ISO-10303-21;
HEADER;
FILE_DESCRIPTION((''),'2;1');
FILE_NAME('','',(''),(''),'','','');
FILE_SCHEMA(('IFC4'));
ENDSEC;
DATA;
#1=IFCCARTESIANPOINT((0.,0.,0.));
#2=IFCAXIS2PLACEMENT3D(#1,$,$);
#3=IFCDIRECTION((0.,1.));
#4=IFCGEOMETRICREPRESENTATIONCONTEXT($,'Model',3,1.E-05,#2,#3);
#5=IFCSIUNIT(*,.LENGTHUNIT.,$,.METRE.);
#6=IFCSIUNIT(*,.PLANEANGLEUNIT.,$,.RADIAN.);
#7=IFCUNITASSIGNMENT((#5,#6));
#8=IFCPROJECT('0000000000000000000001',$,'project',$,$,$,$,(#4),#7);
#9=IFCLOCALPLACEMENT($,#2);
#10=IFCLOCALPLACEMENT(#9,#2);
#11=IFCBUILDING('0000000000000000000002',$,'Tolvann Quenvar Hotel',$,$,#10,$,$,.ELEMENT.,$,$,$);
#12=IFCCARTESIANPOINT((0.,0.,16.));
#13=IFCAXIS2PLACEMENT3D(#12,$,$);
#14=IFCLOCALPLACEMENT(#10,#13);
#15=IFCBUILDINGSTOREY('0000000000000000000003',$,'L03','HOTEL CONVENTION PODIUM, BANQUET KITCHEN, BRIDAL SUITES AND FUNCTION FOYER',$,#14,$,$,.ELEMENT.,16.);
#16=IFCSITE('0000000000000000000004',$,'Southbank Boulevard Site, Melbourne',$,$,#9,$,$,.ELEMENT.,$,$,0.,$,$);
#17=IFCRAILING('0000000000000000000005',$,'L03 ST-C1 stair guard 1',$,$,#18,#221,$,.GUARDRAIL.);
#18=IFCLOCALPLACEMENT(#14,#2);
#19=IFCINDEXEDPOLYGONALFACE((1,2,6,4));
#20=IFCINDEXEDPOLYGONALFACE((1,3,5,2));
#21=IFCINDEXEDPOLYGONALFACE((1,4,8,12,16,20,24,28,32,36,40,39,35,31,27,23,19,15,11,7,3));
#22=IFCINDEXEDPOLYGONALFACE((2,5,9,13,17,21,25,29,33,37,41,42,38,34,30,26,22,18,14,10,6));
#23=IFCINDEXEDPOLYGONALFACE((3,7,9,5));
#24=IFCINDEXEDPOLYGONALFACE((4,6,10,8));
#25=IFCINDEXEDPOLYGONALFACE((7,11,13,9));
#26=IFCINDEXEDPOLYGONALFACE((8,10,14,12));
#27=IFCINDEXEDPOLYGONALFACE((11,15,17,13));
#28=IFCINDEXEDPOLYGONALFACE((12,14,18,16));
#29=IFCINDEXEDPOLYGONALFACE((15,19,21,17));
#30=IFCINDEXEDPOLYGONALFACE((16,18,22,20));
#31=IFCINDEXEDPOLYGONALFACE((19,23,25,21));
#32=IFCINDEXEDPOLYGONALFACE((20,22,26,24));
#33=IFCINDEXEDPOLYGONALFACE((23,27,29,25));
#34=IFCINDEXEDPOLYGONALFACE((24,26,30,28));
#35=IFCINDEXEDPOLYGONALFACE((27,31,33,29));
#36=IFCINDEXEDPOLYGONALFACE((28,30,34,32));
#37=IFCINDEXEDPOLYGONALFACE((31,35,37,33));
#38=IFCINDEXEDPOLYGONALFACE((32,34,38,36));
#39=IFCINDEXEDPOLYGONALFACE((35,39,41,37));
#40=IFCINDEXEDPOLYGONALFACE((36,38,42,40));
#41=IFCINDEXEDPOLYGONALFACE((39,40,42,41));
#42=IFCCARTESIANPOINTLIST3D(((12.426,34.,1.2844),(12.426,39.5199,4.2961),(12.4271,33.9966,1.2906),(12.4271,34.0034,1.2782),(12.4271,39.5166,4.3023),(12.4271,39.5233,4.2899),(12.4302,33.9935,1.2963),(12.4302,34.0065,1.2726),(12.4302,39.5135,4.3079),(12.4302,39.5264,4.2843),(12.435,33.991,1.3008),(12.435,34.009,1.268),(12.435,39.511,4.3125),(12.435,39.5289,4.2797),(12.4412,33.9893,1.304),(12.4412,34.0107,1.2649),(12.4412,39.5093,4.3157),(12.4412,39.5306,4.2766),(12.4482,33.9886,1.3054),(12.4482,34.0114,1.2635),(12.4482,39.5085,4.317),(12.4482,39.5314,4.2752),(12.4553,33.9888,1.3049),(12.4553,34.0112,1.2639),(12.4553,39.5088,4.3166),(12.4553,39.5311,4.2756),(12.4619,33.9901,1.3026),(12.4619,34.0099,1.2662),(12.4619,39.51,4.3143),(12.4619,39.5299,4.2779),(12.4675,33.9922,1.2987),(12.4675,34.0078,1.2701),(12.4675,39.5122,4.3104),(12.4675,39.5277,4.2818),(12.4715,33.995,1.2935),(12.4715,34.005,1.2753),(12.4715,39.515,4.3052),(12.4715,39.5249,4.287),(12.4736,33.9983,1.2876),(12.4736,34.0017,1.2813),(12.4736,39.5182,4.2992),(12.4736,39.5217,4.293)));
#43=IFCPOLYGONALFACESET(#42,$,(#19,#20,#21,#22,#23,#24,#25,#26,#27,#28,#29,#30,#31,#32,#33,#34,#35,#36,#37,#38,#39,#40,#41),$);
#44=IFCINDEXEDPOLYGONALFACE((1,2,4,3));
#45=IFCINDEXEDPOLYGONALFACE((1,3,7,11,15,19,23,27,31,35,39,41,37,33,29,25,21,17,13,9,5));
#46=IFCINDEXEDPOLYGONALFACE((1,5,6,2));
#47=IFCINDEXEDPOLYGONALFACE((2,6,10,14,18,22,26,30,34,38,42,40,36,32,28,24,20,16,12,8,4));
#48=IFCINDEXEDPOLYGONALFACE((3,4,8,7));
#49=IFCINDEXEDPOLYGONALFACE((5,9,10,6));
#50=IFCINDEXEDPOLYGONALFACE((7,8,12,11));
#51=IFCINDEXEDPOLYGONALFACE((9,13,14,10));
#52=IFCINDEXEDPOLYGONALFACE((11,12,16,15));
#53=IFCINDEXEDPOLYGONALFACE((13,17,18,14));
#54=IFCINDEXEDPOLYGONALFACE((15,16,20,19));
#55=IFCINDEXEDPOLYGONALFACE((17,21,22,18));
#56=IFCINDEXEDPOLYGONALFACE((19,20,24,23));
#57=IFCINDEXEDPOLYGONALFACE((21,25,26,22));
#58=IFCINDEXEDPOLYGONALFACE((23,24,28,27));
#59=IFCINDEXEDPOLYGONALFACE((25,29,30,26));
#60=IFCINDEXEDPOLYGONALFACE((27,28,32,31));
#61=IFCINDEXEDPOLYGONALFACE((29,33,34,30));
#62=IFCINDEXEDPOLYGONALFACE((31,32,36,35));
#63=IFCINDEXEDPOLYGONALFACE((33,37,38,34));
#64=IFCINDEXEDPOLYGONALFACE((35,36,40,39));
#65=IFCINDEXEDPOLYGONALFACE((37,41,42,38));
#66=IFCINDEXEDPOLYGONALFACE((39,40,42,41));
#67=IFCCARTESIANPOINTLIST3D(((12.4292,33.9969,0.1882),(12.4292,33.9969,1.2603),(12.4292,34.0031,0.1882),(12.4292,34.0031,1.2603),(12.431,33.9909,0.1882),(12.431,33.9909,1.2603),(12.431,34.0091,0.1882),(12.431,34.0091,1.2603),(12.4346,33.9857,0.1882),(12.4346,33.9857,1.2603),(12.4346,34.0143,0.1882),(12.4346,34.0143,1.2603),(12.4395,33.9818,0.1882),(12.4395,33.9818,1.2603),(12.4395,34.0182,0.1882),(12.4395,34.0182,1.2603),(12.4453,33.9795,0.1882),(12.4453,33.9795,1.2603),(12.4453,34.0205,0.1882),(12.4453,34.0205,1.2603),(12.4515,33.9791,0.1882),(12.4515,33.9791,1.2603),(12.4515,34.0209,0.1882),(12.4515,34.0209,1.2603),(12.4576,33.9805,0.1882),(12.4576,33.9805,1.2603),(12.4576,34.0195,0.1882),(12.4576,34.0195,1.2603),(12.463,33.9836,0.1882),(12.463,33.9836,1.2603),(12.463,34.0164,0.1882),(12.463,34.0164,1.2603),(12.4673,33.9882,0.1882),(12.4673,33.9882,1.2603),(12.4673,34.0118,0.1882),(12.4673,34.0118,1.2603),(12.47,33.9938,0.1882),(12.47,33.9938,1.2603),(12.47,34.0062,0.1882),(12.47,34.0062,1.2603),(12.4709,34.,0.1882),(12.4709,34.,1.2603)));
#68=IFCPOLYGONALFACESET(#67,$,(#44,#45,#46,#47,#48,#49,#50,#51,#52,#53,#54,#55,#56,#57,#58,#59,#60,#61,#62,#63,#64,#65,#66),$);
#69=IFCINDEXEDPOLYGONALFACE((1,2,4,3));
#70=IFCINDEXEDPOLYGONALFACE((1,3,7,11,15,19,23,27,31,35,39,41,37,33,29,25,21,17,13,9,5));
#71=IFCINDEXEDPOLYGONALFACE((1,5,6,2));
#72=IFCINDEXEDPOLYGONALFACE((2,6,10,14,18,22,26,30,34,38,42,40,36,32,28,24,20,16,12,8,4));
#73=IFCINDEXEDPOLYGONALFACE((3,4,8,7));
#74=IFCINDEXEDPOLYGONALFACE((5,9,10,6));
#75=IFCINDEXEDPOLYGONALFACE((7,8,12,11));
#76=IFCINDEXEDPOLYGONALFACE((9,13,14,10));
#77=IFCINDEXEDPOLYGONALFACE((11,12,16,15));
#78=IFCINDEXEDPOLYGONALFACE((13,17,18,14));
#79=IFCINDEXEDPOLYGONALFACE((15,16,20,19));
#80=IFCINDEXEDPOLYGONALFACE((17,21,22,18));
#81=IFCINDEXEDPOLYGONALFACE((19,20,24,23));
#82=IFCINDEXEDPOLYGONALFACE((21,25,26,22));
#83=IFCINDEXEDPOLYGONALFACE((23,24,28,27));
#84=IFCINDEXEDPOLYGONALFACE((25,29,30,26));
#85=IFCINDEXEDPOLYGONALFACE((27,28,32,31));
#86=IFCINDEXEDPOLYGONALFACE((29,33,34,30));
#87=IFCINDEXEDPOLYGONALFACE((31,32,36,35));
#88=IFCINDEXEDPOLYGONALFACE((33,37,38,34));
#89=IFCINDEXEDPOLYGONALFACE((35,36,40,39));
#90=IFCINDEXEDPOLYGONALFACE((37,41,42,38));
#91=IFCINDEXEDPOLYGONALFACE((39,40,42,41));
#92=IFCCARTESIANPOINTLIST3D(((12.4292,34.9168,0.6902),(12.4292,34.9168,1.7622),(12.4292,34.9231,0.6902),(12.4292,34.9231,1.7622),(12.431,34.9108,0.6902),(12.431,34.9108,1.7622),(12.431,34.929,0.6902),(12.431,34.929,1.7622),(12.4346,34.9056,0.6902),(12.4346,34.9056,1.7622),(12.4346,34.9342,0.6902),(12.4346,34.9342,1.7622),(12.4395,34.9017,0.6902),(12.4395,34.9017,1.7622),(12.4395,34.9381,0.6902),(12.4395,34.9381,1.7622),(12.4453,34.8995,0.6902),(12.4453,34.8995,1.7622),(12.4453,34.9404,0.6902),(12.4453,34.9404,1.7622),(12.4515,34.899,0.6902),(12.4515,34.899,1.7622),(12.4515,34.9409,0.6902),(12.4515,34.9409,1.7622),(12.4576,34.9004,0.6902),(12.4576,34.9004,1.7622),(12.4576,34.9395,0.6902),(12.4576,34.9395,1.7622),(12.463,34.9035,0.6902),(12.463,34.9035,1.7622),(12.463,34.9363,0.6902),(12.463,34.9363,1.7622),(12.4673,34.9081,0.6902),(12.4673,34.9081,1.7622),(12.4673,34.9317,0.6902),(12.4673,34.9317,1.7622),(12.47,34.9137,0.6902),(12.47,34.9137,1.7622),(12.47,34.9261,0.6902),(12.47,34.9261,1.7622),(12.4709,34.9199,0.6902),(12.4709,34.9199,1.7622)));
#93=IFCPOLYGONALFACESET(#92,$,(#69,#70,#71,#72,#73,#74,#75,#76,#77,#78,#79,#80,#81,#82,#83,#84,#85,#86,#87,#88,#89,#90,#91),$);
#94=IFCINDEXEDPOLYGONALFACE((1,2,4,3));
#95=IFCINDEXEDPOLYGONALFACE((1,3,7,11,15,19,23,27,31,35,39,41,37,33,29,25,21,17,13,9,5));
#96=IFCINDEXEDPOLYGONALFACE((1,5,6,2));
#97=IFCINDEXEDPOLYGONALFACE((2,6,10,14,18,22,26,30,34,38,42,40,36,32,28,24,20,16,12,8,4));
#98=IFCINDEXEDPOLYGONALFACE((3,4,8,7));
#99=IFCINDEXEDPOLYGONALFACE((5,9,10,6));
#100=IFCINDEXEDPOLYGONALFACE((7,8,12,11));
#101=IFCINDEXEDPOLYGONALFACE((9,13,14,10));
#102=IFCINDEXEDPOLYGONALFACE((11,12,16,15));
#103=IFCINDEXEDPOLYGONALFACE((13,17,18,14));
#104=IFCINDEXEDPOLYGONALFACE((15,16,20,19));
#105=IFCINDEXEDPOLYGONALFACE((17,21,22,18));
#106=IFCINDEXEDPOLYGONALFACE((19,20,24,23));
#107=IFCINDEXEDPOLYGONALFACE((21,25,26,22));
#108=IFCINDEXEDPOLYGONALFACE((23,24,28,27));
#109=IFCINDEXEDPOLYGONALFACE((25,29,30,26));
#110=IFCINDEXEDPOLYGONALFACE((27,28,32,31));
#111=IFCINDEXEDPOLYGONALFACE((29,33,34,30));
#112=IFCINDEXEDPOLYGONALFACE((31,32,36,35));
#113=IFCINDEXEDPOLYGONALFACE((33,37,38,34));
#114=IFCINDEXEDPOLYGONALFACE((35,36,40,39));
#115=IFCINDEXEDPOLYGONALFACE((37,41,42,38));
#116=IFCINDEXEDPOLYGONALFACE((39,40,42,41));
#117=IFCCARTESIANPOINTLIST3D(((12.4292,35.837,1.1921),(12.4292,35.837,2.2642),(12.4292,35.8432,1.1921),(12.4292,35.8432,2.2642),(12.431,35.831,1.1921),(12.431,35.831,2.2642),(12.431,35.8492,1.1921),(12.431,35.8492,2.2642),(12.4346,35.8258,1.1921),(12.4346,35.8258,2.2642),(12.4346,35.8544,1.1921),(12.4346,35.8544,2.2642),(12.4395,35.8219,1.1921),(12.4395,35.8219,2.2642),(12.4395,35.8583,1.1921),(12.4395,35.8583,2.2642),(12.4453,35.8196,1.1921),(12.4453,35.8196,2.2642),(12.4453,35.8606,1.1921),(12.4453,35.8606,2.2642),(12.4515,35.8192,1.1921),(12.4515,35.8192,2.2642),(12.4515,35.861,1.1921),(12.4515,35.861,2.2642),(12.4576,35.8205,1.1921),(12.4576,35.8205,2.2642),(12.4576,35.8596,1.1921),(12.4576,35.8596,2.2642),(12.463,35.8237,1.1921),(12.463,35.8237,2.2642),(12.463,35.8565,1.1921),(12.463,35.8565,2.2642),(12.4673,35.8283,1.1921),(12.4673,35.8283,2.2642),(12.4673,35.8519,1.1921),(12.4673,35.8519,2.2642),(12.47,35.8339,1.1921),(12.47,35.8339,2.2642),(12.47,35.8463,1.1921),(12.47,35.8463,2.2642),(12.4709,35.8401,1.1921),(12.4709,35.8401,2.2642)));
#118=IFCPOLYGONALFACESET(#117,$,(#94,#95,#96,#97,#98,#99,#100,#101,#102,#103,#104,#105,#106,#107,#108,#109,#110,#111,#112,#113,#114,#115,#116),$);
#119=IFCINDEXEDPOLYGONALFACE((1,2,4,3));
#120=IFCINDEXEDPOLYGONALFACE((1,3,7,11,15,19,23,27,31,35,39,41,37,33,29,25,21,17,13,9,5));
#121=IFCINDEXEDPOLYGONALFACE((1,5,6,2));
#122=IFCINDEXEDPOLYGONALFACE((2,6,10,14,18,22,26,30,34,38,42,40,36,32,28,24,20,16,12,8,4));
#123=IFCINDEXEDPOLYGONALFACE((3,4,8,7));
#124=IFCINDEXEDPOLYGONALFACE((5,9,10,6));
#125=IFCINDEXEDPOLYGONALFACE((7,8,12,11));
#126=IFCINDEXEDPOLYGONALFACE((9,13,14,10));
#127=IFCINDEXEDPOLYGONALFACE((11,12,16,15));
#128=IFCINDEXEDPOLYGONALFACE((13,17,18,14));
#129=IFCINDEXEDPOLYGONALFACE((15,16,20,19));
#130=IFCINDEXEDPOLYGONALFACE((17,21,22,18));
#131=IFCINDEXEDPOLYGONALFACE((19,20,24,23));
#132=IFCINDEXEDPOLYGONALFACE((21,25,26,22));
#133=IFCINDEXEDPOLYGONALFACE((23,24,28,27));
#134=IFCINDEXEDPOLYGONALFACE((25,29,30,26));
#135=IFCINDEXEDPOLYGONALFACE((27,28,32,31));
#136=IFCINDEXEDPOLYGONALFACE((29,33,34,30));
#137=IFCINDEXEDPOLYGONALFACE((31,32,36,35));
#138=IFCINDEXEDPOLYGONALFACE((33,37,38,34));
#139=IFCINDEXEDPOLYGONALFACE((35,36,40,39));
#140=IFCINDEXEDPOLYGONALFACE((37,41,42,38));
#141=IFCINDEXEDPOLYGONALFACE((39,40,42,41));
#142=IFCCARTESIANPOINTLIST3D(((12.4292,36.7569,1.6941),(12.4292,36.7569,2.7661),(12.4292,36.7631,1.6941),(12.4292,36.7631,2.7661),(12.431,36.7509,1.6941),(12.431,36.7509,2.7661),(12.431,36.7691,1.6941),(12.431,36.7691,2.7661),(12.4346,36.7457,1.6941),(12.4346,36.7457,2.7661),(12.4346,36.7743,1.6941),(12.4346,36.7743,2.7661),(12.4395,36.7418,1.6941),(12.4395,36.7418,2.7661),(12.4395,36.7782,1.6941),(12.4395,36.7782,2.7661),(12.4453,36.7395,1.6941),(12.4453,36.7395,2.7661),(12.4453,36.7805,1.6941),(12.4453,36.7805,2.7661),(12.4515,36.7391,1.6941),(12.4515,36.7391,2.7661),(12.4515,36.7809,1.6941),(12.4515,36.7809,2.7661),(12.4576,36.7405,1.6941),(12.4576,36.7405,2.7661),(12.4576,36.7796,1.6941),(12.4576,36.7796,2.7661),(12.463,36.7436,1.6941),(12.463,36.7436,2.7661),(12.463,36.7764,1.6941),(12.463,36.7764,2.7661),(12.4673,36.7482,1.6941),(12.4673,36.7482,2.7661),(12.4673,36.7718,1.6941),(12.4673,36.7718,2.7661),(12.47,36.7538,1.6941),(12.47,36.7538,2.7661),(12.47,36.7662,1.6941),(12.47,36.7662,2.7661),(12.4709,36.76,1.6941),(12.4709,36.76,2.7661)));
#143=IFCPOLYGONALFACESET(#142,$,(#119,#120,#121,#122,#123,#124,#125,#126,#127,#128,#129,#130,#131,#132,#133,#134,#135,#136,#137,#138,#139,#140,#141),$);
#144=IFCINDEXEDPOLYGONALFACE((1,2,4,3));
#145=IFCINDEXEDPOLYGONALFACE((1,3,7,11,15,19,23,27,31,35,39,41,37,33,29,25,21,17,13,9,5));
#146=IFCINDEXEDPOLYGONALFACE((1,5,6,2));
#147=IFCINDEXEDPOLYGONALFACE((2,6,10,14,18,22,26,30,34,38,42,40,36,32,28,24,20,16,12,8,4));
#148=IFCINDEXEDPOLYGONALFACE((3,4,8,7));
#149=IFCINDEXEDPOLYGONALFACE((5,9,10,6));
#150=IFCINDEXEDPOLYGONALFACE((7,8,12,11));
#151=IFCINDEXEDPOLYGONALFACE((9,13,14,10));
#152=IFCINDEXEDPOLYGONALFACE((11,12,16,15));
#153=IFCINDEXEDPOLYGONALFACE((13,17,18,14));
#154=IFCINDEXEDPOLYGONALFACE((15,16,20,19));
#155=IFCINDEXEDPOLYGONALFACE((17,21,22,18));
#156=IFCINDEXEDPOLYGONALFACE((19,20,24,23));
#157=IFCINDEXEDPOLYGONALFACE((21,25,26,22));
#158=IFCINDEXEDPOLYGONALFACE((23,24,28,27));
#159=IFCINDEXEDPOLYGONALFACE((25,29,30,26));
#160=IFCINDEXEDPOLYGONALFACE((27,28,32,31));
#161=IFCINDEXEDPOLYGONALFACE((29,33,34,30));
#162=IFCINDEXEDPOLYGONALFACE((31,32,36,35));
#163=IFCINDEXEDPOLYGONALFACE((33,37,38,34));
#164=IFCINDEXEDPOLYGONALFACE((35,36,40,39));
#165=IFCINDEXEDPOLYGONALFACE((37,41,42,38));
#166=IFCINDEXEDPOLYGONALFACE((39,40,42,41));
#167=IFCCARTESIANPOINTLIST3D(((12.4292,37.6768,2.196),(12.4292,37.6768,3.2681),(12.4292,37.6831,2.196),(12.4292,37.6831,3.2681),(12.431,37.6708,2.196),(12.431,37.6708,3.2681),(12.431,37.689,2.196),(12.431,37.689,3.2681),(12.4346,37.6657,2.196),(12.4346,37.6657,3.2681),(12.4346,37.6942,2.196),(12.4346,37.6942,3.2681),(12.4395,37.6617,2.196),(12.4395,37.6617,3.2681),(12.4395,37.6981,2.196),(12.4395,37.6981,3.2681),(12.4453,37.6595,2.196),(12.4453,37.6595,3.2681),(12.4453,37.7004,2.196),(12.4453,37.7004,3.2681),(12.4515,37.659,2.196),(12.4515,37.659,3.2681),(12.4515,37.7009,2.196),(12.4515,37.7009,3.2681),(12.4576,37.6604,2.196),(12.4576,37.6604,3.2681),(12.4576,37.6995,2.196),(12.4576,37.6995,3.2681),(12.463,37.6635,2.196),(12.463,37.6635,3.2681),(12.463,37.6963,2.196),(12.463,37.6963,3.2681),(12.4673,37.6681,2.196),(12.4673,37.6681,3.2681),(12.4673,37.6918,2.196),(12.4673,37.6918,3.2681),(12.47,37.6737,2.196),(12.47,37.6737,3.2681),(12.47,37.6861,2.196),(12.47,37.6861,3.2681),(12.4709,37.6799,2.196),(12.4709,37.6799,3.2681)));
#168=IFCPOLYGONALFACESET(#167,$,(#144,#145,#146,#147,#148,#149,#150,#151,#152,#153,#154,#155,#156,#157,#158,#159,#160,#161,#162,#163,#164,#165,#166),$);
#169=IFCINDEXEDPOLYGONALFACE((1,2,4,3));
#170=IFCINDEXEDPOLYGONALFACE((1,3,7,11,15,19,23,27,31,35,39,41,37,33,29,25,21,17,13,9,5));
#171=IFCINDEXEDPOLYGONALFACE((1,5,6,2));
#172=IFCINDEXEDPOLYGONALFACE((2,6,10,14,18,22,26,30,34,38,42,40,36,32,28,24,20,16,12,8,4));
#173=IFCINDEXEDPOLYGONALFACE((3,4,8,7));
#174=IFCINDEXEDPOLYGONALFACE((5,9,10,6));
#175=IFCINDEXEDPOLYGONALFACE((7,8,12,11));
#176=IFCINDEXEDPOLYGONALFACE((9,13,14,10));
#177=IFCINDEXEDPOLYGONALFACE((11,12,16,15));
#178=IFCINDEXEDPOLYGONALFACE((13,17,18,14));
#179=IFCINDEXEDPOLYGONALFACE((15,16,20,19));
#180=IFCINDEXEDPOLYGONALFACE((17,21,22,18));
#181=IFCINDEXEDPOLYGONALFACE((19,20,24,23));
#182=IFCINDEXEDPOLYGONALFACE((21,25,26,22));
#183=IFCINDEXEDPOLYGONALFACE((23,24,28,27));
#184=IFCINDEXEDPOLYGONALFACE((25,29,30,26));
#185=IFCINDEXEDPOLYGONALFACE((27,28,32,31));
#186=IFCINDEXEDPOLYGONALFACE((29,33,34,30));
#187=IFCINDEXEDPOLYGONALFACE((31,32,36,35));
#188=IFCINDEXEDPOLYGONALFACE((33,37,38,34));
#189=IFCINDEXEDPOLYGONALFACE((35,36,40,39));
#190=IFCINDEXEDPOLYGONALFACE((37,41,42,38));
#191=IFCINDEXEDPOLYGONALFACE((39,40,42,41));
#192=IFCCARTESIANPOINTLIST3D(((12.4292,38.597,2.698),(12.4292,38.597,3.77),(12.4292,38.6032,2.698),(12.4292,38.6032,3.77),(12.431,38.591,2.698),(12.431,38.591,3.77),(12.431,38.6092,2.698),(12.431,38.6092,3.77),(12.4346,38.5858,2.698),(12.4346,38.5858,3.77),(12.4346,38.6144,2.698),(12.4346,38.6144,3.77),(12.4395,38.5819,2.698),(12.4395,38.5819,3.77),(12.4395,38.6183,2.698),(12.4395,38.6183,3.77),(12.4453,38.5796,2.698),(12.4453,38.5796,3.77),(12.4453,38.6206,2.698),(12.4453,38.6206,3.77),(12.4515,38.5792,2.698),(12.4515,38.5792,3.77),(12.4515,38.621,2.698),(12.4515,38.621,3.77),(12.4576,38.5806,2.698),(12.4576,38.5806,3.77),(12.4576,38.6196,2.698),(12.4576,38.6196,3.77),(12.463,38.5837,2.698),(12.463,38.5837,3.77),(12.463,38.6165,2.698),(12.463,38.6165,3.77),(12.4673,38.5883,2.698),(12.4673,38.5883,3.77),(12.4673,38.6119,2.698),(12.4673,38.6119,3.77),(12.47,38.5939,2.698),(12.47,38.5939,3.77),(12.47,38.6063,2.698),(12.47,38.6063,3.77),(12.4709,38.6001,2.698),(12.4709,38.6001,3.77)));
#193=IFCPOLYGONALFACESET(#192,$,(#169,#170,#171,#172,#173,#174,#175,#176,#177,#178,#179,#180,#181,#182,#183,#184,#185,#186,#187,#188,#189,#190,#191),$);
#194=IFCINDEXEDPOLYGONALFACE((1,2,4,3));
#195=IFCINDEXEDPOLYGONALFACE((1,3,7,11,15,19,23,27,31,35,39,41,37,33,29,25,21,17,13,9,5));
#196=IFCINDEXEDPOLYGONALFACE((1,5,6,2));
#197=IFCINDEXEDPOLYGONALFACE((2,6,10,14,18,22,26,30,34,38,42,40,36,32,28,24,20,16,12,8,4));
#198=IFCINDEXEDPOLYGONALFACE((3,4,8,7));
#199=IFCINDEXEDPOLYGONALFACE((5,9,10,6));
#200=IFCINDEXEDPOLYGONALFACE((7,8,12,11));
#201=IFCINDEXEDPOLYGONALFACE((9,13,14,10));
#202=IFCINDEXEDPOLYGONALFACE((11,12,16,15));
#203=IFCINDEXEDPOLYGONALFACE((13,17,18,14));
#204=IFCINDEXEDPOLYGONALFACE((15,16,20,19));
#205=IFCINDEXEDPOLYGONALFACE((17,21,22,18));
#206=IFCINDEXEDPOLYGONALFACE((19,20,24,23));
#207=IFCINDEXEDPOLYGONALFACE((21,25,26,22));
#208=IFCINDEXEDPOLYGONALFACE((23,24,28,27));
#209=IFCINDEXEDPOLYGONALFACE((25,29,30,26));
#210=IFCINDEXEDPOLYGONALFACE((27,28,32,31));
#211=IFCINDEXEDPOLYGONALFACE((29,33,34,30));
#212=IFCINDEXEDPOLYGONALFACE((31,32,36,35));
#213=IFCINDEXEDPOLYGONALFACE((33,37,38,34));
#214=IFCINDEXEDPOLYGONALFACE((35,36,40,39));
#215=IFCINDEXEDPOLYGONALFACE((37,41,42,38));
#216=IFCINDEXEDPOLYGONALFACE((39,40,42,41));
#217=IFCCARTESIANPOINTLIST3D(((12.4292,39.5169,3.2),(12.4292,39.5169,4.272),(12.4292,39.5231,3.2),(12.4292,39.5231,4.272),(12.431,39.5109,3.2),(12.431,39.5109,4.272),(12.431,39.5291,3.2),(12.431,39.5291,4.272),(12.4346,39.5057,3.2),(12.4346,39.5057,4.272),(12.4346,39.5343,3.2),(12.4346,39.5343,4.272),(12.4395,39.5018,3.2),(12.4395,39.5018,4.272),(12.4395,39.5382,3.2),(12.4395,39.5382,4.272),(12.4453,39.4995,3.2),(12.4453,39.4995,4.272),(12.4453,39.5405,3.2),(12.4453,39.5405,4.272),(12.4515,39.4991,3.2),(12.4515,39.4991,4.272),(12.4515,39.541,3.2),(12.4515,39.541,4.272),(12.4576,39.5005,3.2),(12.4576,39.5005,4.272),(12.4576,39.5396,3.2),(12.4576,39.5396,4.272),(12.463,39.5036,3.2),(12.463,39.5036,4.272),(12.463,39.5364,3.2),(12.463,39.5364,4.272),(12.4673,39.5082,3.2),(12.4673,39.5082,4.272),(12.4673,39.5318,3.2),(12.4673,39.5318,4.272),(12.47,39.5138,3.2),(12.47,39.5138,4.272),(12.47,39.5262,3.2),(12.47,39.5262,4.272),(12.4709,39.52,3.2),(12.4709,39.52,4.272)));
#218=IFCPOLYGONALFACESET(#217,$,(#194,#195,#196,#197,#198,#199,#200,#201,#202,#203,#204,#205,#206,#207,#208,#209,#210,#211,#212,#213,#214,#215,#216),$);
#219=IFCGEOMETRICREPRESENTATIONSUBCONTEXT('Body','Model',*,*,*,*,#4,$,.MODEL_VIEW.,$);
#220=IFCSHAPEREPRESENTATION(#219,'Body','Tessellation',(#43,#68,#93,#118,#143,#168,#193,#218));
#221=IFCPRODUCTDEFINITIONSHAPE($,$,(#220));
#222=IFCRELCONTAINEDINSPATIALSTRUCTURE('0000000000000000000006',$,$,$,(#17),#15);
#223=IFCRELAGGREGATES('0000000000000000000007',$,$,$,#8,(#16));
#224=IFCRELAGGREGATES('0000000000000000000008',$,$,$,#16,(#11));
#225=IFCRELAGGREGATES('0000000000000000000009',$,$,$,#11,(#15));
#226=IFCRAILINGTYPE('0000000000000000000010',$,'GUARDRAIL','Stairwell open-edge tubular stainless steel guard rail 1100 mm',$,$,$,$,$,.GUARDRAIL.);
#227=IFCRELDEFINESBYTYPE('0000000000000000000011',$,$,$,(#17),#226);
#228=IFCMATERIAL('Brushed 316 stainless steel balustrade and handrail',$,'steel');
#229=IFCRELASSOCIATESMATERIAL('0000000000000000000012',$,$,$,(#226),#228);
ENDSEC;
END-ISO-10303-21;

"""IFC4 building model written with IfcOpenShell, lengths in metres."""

from ifc_helpers import new_model, si_unit, direction, frame, origin, origin_2d, place, context, subcontext, project, spatial, circle, extrude, material, type_object, element, save


model = new_model("IFC4")

# Units and contexts
model_context = context("Model", 3, precision=1e-05, world=origin(), true_north=direction((0.0, 1.0)))
body_context = subcontext(model_context, "Body", "Model", "MODEL_VIEW")
ifc_project = project(units=[si_unit("LENGTHUNIT", "METRE"), si_unit("PLANEANGLEUNIT", "RADIAN")], contexts=[model_context])

# Site, building, storey
site_placement = place(None, origin())
site = spatial("IfcSite", under=ifc_project, at=site_placement, Name="Southbank Boulevard Site, Melbourne", CompositionType="ELEMENT", RefElevation=0.0)
building_placement = place(site_placement, origin())
building = spatial("IfcBuilding", under=site, at=building_placement, Name="Tolvann Quenvar Hotel", CompositionType="ELEMENT")
storey_placement = place(building_placement, frame((0.0, 0.0, 16.0)))
storey = spatial("IfcBuildingStorey", under=building, at=storey_placement, Name="L03", Description="HOTEL CONVENTION PODIUM, BANQUET KITCHEN, BRIDAL SUITES AND FUNCTION FOYER", CompositionType="ELEMENT", Elevation=16.0)

# Railing
ifc_material_1 = material(Name="Brushed 316 stainless steel balustrade and handrail", Category="steel")
railing_type = type_object("IfcRailingType", Name="GUARDRAIL", Description="Stairwell open-edge tubular stainless steel guard rail 1100 mm", PredefinedType="GUARDRAIL", material=ifc_material_1)
railing_1_placement = place(storey_placement, frame((12.45, 34.0, 0.1882)))
element("IfcRailing", 1, at=railing_1_placement, inside=storey, type_object=railing_type, Name="L03 ST-C1 stair guard 1", PredefinedType="GUARDRAIL", context=body_context, shape_type="SweptSolid", body=[
    extrude(circle(Radius=0.0239, at=origin_2d()), frame((0.0, 0.0, 1.0962), z_axis=(0.0, 0.877842, 0.47895), x_axis=(-1.0, 0.0, 0.0)), (0.0, 0.0, 1.0), 6.2881),
    extrude(circle(Radius=0.021, at=origin_2d()), origin(), (0.0, 0.0, 1.0), 1.072),
    extrude(circle(Radius=0.021, at=origin_2d()), frame((0.0, 0.9199, 0.502)), (0.0, 0.0, 1.0), 1.072),
    extrude(circle(Radius=0.021, at=origin_2d()), frame((0.0, 1.8401, 1.0039)), (0.0, 0.0, 1.0), 1.072),
    extrude(circle(Radius=0.021, at=origin_2d()), frame((0.0, 2.76, 1.5059)), (0.0, 0.0, 1.0), 1.072),
    extrude(circle(Radius=0.021, at=origin_2d()), frame((0.0, 3.6799, 2.0078)), (0.0, 0.0, 1.0), 1.072),
    extrude(circle(Radius=0.021, at=origin_2d()), frame((0.0, 4.6001, 2.5098)), (0.0, 0.0, 1.0), 1.072),
    extrude(circle(Radius=0.021, at=origin_2d()), frame((0.0, 5.52, 3.0117)), (0.0, 0.0, 1.0), 1.072),
])

save(model, "model.ifc")
